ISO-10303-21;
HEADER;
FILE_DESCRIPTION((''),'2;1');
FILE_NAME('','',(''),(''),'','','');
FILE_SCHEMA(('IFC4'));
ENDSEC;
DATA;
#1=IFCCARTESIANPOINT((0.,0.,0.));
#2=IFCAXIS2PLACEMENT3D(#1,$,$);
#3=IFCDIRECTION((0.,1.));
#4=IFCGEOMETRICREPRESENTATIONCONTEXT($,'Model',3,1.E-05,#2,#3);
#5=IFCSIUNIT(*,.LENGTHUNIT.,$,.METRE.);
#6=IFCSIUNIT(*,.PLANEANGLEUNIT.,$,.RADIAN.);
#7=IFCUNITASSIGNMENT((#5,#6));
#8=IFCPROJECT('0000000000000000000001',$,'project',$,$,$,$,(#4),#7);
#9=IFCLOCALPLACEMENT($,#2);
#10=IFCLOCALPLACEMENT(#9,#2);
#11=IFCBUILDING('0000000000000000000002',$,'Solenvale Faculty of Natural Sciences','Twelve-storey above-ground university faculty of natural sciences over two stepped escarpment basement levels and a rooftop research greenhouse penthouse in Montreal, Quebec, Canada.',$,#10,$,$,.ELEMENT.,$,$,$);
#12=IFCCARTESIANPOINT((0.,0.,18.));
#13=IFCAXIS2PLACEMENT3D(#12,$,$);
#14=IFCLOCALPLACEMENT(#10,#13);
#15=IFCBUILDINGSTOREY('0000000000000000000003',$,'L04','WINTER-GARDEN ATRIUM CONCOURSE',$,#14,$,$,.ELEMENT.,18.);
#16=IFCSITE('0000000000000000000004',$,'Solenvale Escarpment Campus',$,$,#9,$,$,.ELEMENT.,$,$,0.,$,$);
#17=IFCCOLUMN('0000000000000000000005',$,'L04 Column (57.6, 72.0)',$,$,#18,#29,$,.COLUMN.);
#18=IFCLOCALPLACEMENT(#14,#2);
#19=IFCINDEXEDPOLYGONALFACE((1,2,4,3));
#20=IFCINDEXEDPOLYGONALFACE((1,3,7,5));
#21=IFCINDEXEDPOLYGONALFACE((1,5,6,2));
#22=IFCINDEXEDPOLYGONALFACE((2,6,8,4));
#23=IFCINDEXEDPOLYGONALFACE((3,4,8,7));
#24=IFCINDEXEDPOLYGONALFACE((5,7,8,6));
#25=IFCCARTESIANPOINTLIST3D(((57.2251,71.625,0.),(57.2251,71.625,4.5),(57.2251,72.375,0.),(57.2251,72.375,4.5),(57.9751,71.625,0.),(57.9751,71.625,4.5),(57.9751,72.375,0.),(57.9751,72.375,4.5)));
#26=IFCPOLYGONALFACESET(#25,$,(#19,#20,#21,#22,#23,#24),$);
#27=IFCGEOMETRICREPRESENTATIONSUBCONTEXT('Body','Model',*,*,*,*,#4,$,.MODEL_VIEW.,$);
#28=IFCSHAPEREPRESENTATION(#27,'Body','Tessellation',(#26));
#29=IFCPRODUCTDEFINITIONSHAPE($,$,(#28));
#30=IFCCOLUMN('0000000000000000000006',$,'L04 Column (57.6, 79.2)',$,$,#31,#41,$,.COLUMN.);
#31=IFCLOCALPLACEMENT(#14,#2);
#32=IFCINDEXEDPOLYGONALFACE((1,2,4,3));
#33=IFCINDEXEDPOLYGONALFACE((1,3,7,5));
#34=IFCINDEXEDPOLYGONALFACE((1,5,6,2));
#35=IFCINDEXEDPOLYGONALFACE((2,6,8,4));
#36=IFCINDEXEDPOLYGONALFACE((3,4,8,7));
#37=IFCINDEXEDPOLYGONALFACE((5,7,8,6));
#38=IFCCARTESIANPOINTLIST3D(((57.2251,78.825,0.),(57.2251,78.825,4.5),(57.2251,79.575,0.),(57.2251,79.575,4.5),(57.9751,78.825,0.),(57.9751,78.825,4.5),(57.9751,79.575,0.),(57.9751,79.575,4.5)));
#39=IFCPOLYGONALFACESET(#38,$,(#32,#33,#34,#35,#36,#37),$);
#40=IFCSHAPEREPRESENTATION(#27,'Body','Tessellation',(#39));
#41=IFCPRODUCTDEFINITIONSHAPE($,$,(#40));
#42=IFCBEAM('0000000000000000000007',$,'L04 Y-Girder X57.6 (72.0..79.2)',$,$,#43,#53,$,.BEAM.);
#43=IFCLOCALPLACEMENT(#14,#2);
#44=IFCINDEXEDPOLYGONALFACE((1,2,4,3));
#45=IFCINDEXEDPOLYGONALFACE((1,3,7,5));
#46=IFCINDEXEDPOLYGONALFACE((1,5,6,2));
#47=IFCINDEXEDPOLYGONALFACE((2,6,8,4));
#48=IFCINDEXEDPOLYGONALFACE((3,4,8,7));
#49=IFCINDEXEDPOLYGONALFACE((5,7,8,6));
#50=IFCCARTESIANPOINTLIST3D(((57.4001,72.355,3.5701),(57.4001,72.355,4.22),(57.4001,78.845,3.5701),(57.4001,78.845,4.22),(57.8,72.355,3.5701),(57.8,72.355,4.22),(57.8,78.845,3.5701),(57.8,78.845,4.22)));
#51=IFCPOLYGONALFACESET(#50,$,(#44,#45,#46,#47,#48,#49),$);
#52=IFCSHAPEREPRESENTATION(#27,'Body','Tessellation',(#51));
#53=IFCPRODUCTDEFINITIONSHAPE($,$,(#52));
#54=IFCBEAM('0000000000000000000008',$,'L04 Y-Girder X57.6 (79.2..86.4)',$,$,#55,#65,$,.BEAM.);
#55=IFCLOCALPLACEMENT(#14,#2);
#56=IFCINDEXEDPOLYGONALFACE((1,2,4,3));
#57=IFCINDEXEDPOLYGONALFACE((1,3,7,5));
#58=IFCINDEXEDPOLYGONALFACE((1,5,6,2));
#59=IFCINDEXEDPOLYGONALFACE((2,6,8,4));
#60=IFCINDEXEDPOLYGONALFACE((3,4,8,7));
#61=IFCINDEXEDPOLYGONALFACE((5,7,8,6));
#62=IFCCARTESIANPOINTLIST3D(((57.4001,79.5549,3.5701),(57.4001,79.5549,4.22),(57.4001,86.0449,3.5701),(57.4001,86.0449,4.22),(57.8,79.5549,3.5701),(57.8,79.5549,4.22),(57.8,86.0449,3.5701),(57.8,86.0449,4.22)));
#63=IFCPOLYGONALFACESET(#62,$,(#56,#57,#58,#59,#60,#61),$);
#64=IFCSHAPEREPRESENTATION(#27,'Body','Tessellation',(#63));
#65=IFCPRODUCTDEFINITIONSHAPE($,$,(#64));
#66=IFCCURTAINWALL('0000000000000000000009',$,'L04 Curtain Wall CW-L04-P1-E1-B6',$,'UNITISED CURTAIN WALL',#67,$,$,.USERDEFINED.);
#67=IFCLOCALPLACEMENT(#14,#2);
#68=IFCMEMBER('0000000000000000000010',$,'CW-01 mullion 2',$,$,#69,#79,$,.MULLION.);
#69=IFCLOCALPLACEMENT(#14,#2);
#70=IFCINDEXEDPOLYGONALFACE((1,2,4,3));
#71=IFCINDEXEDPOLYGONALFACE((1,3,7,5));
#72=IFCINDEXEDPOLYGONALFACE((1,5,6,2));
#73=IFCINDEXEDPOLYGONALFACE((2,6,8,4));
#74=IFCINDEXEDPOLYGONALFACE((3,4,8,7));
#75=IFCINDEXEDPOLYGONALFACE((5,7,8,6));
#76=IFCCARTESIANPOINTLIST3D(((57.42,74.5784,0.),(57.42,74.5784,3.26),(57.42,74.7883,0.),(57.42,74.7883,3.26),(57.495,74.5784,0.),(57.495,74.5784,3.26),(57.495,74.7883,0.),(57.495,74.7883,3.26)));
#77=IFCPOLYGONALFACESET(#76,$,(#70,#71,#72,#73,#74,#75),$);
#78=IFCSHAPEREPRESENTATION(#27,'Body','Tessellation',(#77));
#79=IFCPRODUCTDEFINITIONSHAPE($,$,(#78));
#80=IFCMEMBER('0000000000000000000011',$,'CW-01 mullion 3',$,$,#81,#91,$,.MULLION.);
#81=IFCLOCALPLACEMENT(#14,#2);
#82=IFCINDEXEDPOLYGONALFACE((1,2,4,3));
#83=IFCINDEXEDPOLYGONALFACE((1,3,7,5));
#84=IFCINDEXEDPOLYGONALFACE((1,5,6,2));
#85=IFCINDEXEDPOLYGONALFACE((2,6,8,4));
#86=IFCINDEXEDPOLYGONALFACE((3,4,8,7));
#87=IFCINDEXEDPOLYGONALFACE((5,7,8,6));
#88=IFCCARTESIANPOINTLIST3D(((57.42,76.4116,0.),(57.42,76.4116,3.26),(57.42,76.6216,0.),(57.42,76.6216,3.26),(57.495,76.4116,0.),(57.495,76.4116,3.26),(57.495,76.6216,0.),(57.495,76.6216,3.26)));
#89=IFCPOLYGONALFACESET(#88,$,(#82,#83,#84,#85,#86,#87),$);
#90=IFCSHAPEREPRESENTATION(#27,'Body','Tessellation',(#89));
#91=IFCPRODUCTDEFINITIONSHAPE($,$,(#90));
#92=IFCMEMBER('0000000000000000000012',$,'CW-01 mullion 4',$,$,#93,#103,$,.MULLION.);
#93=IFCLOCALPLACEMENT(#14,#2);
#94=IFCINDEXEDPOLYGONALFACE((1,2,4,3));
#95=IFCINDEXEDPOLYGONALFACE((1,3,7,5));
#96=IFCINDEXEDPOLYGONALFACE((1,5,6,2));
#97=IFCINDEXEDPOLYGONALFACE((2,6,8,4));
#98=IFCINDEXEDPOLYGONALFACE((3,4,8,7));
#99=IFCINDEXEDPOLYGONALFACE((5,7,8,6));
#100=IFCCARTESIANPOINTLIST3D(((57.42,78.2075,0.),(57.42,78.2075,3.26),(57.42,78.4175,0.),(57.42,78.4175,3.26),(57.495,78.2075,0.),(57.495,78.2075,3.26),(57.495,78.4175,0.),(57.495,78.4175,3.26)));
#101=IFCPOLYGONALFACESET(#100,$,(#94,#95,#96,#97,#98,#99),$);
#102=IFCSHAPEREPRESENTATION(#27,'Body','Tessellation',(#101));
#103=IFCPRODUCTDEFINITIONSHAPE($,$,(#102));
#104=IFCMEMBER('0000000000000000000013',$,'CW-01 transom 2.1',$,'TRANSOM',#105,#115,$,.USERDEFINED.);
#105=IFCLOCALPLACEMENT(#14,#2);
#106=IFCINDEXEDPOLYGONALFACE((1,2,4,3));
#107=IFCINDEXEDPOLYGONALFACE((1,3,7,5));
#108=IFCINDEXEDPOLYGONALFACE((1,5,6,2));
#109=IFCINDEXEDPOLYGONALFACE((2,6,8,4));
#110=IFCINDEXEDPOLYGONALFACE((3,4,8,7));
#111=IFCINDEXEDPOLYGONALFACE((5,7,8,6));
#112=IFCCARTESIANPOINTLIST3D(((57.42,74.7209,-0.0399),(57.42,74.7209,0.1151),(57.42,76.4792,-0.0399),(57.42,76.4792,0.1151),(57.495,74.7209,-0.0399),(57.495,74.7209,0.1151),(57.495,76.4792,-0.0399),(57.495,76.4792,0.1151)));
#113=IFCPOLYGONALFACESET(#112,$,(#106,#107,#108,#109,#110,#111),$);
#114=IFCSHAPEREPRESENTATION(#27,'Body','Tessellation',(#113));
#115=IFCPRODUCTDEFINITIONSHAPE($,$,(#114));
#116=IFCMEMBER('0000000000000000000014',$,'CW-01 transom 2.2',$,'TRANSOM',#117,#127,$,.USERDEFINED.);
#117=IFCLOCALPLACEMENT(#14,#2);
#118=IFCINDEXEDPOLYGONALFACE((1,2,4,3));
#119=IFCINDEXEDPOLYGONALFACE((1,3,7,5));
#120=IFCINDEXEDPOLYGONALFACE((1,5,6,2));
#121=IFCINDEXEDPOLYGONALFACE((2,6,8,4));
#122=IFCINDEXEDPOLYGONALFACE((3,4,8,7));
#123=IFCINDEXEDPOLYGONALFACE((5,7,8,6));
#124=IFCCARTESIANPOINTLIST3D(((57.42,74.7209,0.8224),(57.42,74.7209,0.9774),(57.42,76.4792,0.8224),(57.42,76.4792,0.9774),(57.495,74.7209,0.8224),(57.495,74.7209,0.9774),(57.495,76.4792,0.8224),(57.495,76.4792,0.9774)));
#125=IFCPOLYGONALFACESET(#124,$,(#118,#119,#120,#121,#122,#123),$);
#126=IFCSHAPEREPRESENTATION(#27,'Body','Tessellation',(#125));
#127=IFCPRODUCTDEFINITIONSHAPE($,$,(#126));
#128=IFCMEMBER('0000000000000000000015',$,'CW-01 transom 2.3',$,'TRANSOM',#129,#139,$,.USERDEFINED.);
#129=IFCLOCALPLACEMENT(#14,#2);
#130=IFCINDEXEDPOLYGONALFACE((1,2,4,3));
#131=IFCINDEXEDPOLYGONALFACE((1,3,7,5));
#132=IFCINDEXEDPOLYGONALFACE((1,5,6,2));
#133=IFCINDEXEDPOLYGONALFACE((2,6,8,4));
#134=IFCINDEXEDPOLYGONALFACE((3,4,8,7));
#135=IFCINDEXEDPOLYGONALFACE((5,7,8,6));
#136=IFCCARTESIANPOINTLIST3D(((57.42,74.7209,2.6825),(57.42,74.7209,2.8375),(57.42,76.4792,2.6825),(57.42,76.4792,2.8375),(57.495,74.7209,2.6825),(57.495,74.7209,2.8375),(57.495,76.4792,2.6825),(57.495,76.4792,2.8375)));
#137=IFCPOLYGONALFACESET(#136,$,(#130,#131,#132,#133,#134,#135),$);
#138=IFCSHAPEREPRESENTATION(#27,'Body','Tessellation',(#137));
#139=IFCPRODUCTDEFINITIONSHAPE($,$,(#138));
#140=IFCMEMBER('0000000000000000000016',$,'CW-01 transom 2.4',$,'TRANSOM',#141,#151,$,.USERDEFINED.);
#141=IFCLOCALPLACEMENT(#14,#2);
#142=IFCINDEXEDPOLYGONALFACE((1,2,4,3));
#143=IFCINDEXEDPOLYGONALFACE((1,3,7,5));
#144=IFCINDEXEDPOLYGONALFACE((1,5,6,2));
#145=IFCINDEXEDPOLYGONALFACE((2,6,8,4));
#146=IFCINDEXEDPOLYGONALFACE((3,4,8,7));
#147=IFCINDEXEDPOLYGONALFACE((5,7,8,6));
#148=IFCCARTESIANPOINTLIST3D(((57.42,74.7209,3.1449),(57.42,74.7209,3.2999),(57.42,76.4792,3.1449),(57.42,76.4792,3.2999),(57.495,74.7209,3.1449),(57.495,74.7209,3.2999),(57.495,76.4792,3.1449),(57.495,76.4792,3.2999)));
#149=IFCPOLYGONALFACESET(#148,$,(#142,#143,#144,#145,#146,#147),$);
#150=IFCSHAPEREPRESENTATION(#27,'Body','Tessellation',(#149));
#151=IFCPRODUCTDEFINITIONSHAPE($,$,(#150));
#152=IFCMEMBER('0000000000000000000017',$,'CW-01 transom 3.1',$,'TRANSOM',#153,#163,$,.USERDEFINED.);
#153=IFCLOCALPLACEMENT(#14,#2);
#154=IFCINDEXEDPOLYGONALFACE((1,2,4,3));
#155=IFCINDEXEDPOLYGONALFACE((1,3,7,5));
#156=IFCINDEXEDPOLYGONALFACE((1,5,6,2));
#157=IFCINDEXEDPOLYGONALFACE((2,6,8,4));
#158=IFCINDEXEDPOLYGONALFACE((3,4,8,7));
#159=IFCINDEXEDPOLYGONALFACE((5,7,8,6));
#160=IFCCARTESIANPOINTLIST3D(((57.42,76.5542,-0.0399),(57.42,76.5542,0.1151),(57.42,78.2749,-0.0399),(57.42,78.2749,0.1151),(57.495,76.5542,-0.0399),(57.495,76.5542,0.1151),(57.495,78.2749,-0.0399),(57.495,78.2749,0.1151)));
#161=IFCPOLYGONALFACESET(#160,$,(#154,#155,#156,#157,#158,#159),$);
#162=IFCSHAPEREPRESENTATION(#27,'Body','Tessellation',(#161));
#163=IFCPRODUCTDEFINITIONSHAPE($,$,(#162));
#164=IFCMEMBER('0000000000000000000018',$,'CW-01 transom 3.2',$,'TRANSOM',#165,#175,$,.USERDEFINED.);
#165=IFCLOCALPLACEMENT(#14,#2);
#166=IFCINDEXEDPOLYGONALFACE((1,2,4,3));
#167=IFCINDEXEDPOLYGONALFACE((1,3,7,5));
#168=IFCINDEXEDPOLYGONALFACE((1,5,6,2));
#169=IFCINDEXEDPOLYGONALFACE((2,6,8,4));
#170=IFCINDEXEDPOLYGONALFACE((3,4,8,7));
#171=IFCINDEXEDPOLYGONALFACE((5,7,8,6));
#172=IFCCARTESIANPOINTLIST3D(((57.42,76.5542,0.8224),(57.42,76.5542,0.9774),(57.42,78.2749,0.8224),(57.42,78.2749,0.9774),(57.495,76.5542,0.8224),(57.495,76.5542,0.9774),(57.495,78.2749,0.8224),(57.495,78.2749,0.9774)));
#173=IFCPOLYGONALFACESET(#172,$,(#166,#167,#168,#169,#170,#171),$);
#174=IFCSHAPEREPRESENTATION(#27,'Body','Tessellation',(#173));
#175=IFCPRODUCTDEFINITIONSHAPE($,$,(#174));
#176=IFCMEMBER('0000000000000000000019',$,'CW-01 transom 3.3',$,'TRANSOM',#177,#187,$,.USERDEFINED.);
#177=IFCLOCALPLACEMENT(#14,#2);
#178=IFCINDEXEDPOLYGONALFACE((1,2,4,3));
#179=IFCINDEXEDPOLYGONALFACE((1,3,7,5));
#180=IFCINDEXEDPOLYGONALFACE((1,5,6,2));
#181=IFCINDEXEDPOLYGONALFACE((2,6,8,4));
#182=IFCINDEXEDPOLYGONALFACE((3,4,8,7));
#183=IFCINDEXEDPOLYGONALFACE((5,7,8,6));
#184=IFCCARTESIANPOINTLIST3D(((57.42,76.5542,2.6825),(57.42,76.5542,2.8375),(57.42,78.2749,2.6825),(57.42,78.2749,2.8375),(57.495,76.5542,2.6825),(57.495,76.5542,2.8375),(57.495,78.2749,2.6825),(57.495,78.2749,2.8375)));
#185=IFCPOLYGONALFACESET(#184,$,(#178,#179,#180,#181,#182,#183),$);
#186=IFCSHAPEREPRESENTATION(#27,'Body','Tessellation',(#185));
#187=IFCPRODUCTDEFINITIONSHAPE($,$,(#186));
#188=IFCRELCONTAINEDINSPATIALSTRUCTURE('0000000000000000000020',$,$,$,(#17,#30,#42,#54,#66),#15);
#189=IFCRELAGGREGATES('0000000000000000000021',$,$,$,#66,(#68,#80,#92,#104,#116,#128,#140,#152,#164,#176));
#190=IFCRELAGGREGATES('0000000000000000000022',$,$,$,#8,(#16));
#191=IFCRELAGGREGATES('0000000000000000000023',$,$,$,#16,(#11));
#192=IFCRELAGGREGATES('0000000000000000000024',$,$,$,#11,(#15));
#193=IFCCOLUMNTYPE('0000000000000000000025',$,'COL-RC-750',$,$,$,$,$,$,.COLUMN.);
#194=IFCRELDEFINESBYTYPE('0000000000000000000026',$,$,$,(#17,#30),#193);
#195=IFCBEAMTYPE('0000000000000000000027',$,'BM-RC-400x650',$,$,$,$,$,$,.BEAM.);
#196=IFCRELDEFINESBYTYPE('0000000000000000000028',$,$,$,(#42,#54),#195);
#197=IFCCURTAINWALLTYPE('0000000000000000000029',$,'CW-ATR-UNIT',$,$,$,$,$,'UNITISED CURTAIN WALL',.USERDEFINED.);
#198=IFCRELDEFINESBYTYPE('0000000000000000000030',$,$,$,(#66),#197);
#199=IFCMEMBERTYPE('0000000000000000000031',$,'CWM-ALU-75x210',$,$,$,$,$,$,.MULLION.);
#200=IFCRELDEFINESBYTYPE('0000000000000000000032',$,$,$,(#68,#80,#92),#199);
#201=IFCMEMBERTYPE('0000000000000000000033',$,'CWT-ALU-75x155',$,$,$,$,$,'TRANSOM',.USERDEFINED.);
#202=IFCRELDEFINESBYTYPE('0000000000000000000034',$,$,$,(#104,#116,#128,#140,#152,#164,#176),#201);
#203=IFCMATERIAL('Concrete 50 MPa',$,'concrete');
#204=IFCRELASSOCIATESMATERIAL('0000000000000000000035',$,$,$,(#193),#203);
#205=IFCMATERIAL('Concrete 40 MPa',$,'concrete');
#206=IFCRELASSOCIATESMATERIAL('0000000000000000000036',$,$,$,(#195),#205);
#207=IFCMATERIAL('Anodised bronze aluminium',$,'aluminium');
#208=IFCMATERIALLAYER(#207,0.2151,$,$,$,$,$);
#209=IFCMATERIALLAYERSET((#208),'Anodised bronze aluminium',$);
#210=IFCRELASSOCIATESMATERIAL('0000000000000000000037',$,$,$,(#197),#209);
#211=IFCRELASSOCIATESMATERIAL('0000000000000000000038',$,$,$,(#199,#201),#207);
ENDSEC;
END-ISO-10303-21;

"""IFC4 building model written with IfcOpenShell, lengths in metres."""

from ifc_helpers import new_model, si_unit, direction, frame, origin, origin_2d, place, context, subcontext, project, spatial, rectangle, extrude, material, layer, layer_set, material_profile, profile_set, type_object, element, aggregate, save


model = new_model("IFC4")

# Units and contexts
model_context = context("Model", 3, precision=1e-05, world=origin(), true_north=direction((0.0, 1.0)))
body_context = subcontext(model_context, "Body", "Model", "MODEL_VIEW")
ifc_project = project(units=[si_unit("LENGTHUNIT", "METRE"), si_unit("PLANEANGLEUNIT", "RADIAN")], contexts=[model_context])

# Site, building, storey
site_placement = place(None, origin())
site = spatial("IfcSite", under=ifc_project, at=site_placement, Name="Solenvale Escarpment Campus", CompositionType="ELEMENT", RefElevation=0.0)
building_placement = place(site_placement, origin())
building = spatial("IfcBuilding", under=site, at=building_placement, Name="Solenvale Faculty of Natural Sciences", Description="Twelve-storey above-ground university faculty of natural sciences over two stepped escarpment basement levels and a rooftop research greenhouse penthouse in Montreal, Quebec, Canada.", CompositionType="ELEMENT")
storey_placement = place(building_placement, frame((0.0, 0.0, 18.0)))
storey = spatial("IfcBuildingStorey", under=building, at=storey_placement, Name="L04", Description="WINTER-GARDEN ATRIUM CONCOURSE", CompositionType="ELEMENT", Elevation=18.0)

# Columns
ifc_material_1 = material(Name="Concrete 50 MPa", Category="concrete")
ifc_material_profile_1 = material_profile(ifc_material_1, rectangle(XDim=0.75, YDim=0.75, at=origin_2d()), Name="RC-COL-750x750")
ifc_profile_set_1 = profile_set([ifc_material_profile_1], Name="Concrete 50 MPa")
column_type = type_object("IfcColumnType", Name="COL-RC-750", PredefinedType="COLUMN", material=ifc_profile_set_1)
for number, where, z_axis, x_axis, name in (
    (1, (57.6001, 72.0, 0.0), (0.0, 0.0, 1.0), (1.0, 0.0, 0.0), "L04 Column (57.6, 72.0)"),
    (2, (57.6001, 79.2, 0.0), (0.0, 0.0, 1.0), (1.0, 0.0, 0.0), "L04 Column (57.6, 79.2)"),
):
    element("IfcColumn", number, at=place(storey_placement, frame(where, z_axis=z_axis, x_axis=x_axis)), inside=storey, type_object=column_type, Name=name, PredefinedType="COLUMN", context=body_context, shape_type="SweptSolid", body=[
        extrude(rectangle(XDim=0.75, YDim=0.75, at=origin_2d()), origin(), (0.0, 0.0, 1.0), 4.5),
    ])

# Beams
ifc_material_2 = material(Name="Concrete 40 MPa", Category="concrete")
ifc_material_profile_2 = material_profile(ifc_material_2, rectangle(XDim=0.3999, YDim=0.6499, at=origin_2d()), Name="RC-BM-400x650")
ifc_profile_set_2 = profile_set([ifc_material_profile_2], Name="Concrete 40 MPa")
beam_type = type_object("IfcBeamType", Name="BM-RC-400x650", PredefinedType="BEAM", material=ifc_profile_set_2)
for number, where, z_axis, x_axis, name in (
    (3, (57.6001, 72.355, 3.895), (0.0, 1.0, 0.0), (-1.0, 0.0, 0.0), "L04 Y-Girder X57.6 (72.0..79.2)"),
    (4, (57.6001, 79.5549, 3.895), (0.0, 1.0, 0.0), (-1.0, 0.0, 0.0), "L04 Y-Girder X57.6 (79.2..86.4)"),
):
    element("IfcBeam", number, at=place(storey_placement, frame(where, z_axis=z_axis, x_axis=x_axis)), inside=storey, type_object=beam_type, Name=name, PredefinedType="BEAM", context=body_context, shape_type="SweptSolid", body=[
        extrude(rectangle(XDim=0.3999, YDim=0.6499, at=origin_2d()), origin(), (0.0, 0.0, 1.0), 6.49),
    ])

# Curtain wall, members
ifc_material_3 = material(Name="Anodised bronze aluminium", Category="aluminium")
ifc_layer_1 = layer(ifc_material_3, 0.2151)
ifc_layer_set_1 = layer_set([ifc_layer_1], Name="Anodised bronze aluminium")
curtain_wall_type = type_object("IfcCurtainWallType", Name="CW-ATR-UNIT", ElementType="UNITISED CURTAIN WALL", PredefinedType="USERDEFINED", material=ifc_layer_set_1)
curtain_wall_placement = place(storey_placement, origin())
curtain_wall = element("IfcCurtainWall", 5, at=curtain_wall_placement, inside=storey, type_object=curtain_wall_type, Name="L04 Curtain Wall CW-L04-P1-E1-B6", ObjectType="UNITISED CURTAIN WALL", PredefinedType="USERDEFINED")
ifc_material_profile_3 = material_profile(ifc_material_3, rectangle(XDim=0.075, YDim=0.21, at=origin_2d()), Name="ALU-MUL-75x210")
ifc_profile_set_3 = profile_set([ifc_material_profile_3], Name="Anodised bronze aluminium")
member_type_1 = type_object("IfcMemberType", Name="CWM-ALU-75x210", PredefinedType="MULLION", material=ifc_profile_set_3)
member_1_placement = place(storey_placement, frame((57.4575, 74.6833, 0.0), z_axis=(0.0, 0.0, 1.0), x_axis=(-1.0, 0.0, 0.0)))
member_1 = element("IfcMember", 6, at=member_1_placement, type_object=member_type_1, Name="CW-01 mullion 2", PredefinedType="MULLION", context=body_context, shape_type="SweptSolid", body=[
    extrude(rectangle(XDim=0.075, YDim=0.21, at=origin_2d()), origin(), (0.0, 0.0, 1.0), 3.26),
])
member_2_placement = place(storey_placement, frame((57.4575, 76.5166, 0.0), z_axis=(0.0, 0.0, 1.0), x_axis=(-1.0, 0.0, 0.0)))
member_2 = element("IfcMember", 7, at=member_2_placement, type_object=member_type_1, Name="CW-01 mullion 3", PredefinedType="MULLION", context=body_context, shape_type="SweptSolid", body=[
    extrude(rectangle(XDim=0.075, YDim=0.21, at=origin_2d()), origin(), (0.0, 0.0, 1.0), 3.26),
])
member_3_placement = place(storey_placement, frame((57.4575, 78.3125, 0.0), z_axis=(0.0, 0.0, 1.0), x_axis=(-1.0, 0.0, 0.0)))
member_3 = element("IfcMember", 8, at=member_3_placement, type_object=member_type_1, Name="CW-01 mullion 4", PredefinedType="MULLION", context=body_context, shape_type="SweptSolid", body=[
    extrude(rectangle(XDim=0.075, YDim=0.21, at=origin_2d()), origin(), (0.0, 0.0, 1.0), 3.26),
])
ifc_material_profile_4 = material_profile(ifc_material_3, rectangle(XDim=0.075, YDim=0.155, at=origin_2d()), Name="ALU-TRN-75x155")
ifc_profile_set_4 = profile_set([ifc_material_profile_4], Name="Anodised bronze aluminium")
member_type_2 = type_object("IfcMemberType", Name="CWT-ALU-75x155", ElementType="TRANSOM", PredefinedType="USERDEFINED", material=ifc_profile_set_4)
member_4_placement = place(storey_placement, frame((57.4575, 74.7209, 0.0376), z_axis=(0.0, 1.0, 0.0), x_axis=(-1.0, 0.0, 0.0)))
member_4 = element("IfcMember", 9, at=member_4_placement, type_object=member_type_2, Name="CW-01 transom 2.1", ObjectType="TRANSOM", PredefinedType="USERDEFINED", context=body_context, shape_type="SweptSolid", body=[
    extrude(rectangle(XDim=0.075, YDim=0.155, at=origin_2d()), origin(), (0.0, 0.0, 1.0), 1.7583),
])
member_5_placement = place(storey_placement, frame((57.4575, 74.7209, 0.8999), z_axis=(0.0, 1.0, 0.0), x_axis=(-1.0, 0.0, 0.0)))
member_5 = element("IfcMember", 10, at=member_5_placement, type_object=member_type_2, Name="CW-01 transom 2.2", ObjectType="TRANSOM", PredefinedType="USERDEFINED", context=body_context, shape_type="SweptSolid", body=[
    extrude(rectangle(XDim=0.075, YDim=0.155, at=origin_2d()), origin(), (0.0, 0.0, 1.0), 1.7583),
])
member_6_placement = place(storey_placement, frame((57.4575, 74.7209, 2.76), z_axis=(0.0, 1.0, 0.0), x_axis=(-1.0, 0.0, 0.0)))
member_6 = element("IfcMember", 11, at=member_6_placement, type_object=member_type_2, Name="CW-01 transom 2.3", ObjectType="TRANSOM", PredefinedType="USERDEFINED", context=body_context, shape_type="SweptSolid", body=[
    extrude(rectangle(XDim=0.075, YDim=0.155, at=origin_2d()), origin(), (0.0, 0.0, 1.0), 1.7583),
])
member_7_placement = place(storey_placement, frame((57.4575, 74.7209, 3.2224), z_axis=(0.0, 1.0, 0.0), x_axis=(-1.0, 0.0, 0.0)))
member_7 = element("IfcMember", 12, at=member_7_placement, type_object=member_type_2, Name="CW-01 transom 2.4", ObjectType="TRANSOM", PredefinedType="USERDEFINED", context=body_context, shape_type="SweptSolid", body=[
    extrude(rectangle(XDim=0.075, YDim=0.155, at=origin_2d()), origin(), (0.0, 0.0, 1.0), 1.7583),
])
member_8_placement = place(storey_placement, frame((57.4575, 76.5542, 0.0376), z_axis=(0.0, 1.0, 0.0), x_axis=(-1.0, 0.0, 0.0)))
member_8 = element("IfcMember", 13, at=member_8_placement, type_object=member_type_2, Name="CW-01 transom 3.1", ObjectType="TRANSOM", PredefinedType="USERDEFINED", context=body_context, shape_type="SweptSolid", body=[
    extrude(rectangle(XDim=0.075, YDim=0.155, at=origin_2d()), origin(), (0.0, 0.0, 1.0), 1.7207),
])
member_9_placement = place(storey_placement, frame((57.4575, 76.5542, 0.8999), z_axis=(0.0, 1.0, 0.0), x_axis=(-1.0, 0.0, 0.0)))
member_9 = element("IfcMember", 14, at=member_9_placement, type_object=member_type_2, Name="CW-01 transom 3.2", ObjectType="TRANSOM", PredefinedType="USERDEFINED", context=body_context, shape_type="SweptSolid", body=[
    extrude(rectangle(XDim=0.075, YDim=0.155, at=origin_2d()), origin(), (0.0, 0.0, 1.0), 1.7207),
])
member_10_placement = place(storey_placement, frame((57.4575, 76.5542, 2.76), z_axis=(0.0, 1.0, 0.0), x_axis=(-1.0, 0.0, 0.0)))
member_10 = element("IfcMember", 15, at=member_10_placement, type_object=member_type_2, Name="CW-01 transom 3.3", ObjectType="TRANSOM", PredefinedType="USERDEFINED", context=body_context, shape_type="SweptSolid", body=[
    extrude(rectangle(XDim=0.075, YDim=0.155, at=origin_2d()), origin(), (0.0, 0.0, 1.0), 1.7207),
])
aggregate(curtain_wall, [member_1, member_2, member_3, member_4, member_5, member_6, member_7, member_8, member_9, member_10])

save(model, "model.ifc")
